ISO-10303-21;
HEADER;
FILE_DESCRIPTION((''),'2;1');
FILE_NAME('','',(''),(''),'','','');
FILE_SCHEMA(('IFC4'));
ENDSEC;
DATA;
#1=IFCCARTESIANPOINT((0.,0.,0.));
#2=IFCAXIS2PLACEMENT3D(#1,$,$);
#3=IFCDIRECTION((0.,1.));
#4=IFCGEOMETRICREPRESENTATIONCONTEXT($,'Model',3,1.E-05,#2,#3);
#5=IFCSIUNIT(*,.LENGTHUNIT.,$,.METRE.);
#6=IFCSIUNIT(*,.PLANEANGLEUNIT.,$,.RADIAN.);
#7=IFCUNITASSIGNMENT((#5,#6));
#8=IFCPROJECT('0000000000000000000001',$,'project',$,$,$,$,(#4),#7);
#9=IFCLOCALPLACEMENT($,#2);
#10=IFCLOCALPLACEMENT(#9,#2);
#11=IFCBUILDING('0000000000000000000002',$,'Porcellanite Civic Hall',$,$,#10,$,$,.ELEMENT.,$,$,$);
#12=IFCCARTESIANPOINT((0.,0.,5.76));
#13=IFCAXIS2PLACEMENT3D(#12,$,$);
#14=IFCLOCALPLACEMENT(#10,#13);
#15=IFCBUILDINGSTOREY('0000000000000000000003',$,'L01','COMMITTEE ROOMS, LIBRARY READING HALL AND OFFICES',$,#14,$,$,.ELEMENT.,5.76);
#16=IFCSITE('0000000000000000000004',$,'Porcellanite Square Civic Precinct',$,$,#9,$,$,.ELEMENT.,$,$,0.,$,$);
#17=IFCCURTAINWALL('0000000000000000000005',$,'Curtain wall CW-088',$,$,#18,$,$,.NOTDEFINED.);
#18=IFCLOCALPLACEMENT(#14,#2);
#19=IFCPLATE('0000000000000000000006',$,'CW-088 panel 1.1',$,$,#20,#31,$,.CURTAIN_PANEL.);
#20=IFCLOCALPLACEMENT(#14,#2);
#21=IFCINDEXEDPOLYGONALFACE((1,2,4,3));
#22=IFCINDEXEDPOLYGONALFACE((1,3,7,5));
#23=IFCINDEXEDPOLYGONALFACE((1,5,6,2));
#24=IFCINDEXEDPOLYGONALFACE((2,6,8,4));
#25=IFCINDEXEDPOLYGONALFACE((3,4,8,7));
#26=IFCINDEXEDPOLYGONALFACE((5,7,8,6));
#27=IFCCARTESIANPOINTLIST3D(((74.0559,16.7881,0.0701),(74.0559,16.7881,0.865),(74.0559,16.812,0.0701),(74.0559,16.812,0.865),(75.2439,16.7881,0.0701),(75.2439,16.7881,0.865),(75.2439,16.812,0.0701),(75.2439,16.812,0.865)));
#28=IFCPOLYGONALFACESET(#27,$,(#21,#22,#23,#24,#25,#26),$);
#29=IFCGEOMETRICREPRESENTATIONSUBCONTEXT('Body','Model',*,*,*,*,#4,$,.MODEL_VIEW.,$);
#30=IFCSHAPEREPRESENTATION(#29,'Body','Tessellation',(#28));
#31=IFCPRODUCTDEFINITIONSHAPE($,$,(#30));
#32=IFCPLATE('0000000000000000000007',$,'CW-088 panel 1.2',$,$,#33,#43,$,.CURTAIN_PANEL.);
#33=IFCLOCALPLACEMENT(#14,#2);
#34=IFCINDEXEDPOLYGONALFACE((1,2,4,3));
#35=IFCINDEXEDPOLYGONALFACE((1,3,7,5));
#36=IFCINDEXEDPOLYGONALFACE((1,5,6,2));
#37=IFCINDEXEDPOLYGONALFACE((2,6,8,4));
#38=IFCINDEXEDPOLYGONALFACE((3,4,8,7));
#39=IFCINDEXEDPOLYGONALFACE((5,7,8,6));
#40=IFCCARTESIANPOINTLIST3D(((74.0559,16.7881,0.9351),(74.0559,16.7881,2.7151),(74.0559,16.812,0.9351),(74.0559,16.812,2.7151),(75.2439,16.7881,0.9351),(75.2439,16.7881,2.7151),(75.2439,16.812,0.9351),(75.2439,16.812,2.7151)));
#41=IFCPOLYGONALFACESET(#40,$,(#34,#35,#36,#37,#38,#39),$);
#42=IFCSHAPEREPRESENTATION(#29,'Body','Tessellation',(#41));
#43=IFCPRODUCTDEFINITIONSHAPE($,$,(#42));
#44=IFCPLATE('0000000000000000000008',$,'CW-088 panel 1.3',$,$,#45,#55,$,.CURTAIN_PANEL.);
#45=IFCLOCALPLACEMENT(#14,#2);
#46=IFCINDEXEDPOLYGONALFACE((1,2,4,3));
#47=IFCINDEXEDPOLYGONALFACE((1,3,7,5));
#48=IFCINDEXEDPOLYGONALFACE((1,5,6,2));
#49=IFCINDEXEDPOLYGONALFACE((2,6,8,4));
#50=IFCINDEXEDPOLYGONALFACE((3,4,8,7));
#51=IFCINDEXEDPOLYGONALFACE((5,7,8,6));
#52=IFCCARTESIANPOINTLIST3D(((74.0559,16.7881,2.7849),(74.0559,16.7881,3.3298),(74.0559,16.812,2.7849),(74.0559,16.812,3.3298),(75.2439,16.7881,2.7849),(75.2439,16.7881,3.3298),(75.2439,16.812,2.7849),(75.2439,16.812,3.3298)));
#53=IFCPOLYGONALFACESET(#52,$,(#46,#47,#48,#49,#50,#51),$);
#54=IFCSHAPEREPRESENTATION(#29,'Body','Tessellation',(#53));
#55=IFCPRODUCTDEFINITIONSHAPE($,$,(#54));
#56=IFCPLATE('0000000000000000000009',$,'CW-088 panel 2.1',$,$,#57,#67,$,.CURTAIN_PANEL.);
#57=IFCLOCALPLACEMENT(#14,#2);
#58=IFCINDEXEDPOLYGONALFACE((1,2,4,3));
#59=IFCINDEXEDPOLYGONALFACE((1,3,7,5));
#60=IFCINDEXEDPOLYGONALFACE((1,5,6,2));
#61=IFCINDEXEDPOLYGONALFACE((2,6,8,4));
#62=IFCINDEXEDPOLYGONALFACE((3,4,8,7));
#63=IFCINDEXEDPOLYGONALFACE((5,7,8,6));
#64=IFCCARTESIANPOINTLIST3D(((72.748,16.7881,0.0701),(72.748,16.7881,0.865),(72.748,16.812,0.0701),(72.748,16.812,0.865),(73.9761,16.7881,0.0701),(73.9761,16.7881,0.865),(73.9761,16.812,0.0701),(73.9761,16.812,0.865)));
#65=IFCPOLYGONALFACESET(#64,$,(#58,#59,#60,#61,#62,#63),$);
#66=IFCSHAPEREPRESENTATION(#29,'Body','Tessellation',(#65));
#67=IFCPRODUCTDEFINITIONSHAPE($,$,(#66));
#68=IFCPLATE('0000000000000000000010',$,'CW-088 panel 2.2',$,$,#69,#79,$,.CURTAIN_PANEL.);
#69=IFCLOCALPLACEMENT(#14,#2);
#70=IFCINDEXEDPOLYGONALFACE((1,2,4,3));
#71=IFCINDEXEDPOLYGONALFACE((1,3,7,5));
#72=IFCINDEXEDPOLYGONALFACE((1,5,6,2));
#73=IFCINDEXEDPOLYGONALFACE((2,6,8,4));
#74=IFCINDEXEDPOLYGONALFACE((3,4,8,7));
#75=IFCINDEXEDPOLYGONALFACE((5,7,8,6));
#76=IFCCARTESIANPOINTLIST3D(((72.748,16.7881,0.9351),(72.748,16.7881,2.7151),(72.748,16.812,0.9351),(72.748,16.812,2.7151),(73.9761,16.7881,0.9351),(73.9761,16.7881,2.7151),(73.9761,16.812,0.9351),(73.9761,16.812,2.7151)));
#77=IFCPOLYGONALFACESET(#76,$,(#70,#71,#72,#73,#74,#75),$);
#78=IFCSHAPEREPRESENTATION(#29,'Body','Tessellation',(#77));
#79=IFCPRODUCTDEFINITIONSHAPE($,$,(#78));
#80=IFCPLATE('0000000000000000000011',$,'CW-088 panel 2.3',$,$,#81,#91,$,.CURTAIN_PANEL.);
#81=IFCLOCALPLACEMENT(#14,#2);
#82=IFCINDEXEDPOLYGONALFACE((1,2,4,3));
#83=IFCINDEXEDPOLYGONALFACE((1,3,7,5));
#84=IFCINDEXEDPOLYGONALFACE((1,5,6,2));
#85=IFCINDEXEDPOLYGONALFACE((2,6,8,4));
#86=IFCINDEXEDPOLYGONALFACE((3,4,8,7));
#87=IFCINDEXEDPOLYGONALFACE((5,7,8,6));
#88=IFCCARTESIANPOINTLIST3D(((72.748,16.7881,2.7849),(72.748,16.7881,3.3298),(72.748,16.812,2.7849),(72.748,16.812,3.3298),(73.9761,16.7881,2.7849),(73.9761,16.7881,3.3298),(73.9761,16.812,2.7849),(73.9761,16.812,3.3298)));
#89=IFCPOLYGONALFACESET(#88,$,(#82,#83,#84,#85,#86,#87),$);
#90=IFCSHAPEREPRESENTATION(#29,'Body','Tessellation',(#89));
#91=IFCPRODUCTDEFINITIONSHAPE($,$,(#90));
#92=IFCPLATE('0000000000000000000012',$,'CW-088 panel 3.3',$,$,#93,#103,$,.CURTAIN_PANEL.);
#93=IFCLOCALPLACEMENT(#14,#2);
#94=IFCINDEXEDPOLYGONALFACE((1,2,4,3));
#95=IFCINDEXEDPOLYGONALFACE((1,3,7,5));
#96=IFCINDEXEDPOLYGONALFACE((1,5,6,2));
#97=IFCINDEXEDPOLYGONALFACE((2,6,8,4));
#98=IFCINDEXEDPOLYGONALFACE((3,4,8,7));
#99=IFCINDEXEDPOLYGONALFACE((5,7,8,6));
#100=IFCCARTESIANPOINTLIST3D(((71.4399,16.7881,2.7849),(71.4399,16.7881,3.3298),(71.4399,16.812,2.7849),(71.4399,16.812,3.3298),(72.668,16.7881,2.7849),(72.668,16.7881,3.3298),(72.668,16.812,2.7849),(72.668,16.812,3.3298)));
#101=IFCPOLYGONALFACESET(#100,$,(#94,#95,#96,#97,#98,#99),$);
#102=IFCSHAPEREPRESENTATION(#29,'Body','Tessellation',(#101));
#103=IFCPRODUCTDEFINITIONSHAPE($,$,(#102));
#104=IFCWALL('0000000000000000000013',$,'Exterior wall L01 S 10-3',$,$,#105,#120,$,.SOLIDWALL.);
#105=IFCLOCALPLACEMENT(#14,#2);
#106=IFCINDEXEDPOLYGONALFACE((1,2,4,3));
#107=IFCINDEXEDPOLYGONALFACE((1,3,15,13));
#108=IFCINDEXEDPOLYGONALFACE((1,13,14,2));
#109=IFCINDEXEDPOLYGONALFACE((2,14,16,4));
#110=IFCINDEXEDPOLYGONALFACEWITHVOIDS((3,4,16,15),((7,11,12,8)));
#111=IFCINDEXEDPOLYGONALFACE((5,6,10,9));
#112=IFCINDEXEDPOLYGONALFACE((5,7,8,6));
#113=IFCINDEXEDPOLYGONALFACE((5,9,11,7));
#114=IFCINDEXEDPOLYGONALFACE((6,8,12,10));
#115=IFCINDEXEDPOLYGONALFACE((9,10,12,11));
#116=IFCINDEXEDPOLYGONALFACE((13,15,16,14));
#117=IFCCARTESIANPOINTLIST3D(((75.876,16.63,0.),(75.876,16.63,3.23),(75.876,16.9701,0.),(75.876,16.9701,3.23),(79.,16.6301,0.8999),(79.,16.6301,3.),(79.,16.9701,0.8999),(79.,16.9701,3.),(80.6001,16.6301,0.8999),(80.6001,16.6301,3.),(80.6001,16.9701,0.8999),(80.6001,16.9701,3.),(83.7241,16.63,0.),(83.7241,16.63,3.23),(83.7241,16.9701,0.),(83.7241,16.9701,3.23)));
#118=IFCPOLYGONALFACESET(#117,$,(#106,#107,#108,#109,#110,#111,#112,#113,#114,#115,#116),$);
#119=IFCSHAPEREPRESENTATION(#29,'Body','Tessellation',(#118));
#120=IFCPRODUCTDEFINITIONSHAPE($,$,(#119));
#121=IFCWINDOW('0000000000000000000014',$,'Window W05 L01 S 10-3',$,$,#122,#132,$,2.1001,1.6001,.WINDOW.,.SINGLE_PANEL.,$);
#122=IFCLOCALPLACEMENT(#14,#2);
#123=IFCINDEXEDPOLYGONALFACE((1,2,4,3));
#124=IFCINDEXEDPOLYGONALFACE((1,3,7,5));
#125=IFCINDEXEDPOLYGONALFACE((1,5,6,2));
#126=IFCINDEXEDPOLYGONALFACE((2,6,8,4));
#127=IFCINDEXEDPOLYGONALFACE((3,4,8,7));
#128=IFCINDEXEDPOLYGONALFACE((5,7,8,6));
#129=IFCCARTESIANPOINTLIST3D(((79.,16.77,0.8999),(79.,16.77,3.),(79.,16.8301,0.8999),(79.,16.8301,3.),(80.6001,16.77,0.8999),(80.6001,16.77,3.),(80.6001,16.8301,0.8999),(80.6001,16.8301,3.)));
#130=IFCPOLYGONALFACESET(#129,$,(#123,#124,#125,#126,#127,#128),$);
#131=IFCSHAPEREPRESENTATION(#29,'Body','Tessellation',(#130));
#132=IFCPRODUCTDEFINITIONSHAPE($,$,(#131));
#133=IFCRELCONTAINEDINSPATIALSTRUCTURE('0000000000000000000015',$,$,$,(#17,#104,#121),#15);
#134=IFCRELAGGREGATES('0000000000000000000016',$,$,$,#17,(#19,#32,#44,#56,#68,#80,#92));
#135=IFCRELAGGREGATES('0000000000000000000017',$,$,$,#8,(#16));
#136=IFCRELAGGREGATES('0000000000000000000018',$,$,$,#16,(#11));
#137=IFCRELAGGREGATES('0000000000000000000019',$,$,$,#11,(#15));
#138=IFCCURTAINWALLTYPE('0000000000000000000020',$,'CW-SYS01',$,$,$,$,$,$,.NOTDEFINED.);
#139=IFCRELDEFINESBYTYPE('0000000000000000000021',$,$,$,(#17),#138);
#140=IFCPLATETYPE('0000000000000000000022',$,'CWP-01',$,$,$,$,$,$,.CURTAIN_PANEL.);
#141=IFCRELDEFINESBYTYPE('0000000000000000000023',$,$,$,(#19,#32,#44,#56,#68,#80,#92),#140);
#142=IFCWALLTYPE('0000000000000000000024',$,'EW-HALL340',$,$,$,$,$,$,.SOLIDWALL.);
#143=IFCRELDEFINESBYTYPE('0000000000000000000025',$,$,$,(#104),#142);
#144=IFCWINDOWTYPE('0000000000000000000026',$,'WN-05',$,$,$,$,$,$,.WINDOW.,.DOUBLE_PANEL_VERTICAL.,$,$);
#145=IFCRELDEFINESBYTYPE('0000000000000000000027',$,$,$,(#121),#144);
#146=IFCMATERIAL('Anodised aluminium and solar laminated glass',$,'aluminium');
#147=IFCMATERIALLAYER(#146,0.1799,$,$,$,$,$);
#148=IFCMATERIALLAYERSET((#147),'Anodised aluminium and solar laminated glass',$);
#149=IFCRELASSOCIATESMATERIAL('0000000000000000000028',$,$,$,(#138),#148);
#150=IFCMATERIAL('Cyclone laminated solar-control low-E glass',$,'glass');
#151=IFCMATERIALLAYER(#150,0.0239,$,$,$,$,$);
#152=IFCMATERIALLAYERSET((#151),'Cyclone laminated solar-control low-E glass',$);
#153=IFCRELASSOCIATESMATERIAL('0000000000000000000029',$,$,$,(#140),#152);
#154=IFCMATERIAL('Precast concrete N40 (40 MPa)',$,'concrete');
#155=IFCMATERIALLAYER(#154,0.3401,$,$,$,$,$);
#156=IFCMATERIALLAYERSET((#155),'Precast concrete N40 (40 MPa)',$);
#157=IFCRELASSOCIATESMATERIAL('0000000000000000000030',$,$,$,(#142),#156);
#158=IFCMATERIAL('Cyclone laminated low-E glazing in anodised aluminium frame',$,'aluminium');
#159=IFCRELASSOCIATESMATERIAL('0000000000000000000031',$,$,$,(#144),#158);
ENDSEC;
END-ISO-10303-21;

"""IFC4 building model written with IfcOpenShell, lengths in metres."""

from ifc_helpers import new_model, si_unit, direction, frame, frame_2d, origin, origin_2d, place, context, subcontext, project, spatial, rectangle, extrude, material, layer, layer_set, type_object, element, fill, aggregate, save


model = new_model("IFC4")

# Units and contexts
model_context = context("Model", 3, precision=1e-05, world=origin(), true_north=direction((0.0, 1.0)))
body_context = subcontext(model_context, "Body", "Model", "MODEL_VIEW")
ifc_project = project(units=[si_unit("LENGTHUNIT", "METRE"), si_unit("PLANEANGLEUNIT", "RADIAN")], contexts=[model_context])

# Site, building, storey
site_placement = place(None, origin())
site = spatial("IfcSite", under=ifc_project, at=site_placement, Name="Porcellanite Square Civic Precinct", CompositionType="ELEMENT", RefElevation=0.0)
building_placement = place(site_placement, origin())
building = spatial("IfcBuilding", under=site, at=building_placement, Name="Porcellanite Civic Hall", CompositionType="ELEMENT")
storey_placement = place(building_placement, frame((0.0, 0.0, 5.76)))
storey = spatial("IfcBuildingStorey", under=building, at=storey_placement, Name="L01", Description="COMMITTEE ROOMS, LIBRARY READING HALL AND OFFICES", CompositionType="ELEMENT", Elevation=5.76)

# Curtain wall
ifc_material_1 = material(Name="Anodised aluminium and solar laminated glass", Category="aluminium")
ifc_layer_1 = layer(ifc_material_1, 0.1799)
ifc_layer_set_1 = layer_set([ifc_layer_1], Name="Anodised aluminium and solar laminated glass")
curtain_wall_type = type_object("IfcCurtainWallType", Name="CW-SYS01", PredefinedType="NOTDEFINED", material=ifc_layer_set_1)
curtain_wall_1_placement = place(storey_placement, origin())
curtain_wall_1 = element("IfcCurtainWall", 1, at=curtain_wall_1_placement, inside=storey, type_object=curtain_wall_type, Name="Curtain wall CW-088", PredefinedType="NOTDEFINED")

# Plates
ifc_material_2 = material(Name="Cyclone laminated solar-control low-E glass", Category="glass")
ifc_layer_2 = layer(ifc_material_2, 0.0239)
ifc_layer_set_2 = layer_set([ifc_layer_2], Name="Cyclone laminated solar-control low-E glass")
plate_type = type_object("IfcPlateType", Name="CWP-01", PredefinedType="CURTAIN_PANEL", material=ifc_layer_set_2)
plate_1_placement = place(storey_placement, frame((74.6499, 16.8, 0.0701), z_axis=(0.0, 0.0, 1.0), x_axis=(-1.0, 0.0, 0.0)))
plate_1 = element("IfcPlate", 2, at=plate_1_placement, type_object=plate_type, Name="CW-088 panel 1.1", PredefinedType="CURTAIN_PANEL", context=body_context, shape_type="SweptSolid", body=[
    extrude(rectangle(XDim=1.188, YDim=0.0239, at=origin_2d()), origin(), (0.0, 0.0, 1.0), 0.7949),
])
plate_2_placement = place(storey_placement, frame((74.6499, 16.8, 0.9351), z_axis=(0.0, 0.0, 1.0), x_axis=(-1.0, 0.0, 0.0)))
plate_2 = element("IfcPlate", 3, at=plate_2_placement, type_object=plate_type, Name="CW-088 panel 1.2", PredefinedType="CURTAIN_PANEL", context=body_context, shape_type="SweptSolid", body=[
    extrude(rectangle(XDim=1.188, YDim=0.0239, at=origin_2d()), origin(), (0.0, 0.0, 1.0), 1.78),
])
plate_3_placement = place(storey_placement, frame((74.6499, 16.8, 2.7849), z_axis=(0.0, 0.0, 1.0), x_axis=(-1.0, 0.0, 0.0)))
plate_3 = element("IfcPlate", 4, at=plate_3_placement, type_object=plate_type, Name="CW-088 panel 1.3", PredefinedType="CURTAIN_PANEL", context=body_context, shape_type="SweptSolid", body=[
    extrude(rectangle(XDim=1.188, YDim=0.0239, at=origin_2d()), origin(), (0.0, 0.0, 1.0), 0.5449),
])
plate_4_placement = place(storey_placement, frame((73.3621, 16.8, 0.0701), z_axis=(0.0, 0.0, 1.0), x_axis=(-1.0, 0.0, 0.0)))
plate_4 = element("IfcPlate", 5, at=plate_4_placement, type_object=plate_type, Name="CW-088 panel 2.1", PredefinedType="CURTAIN_PANEL", context=body_context, shape_type="SweptSolid", body=[
    extrude(rectangle(XDim=1.228, YDim=0.0239, at=origin_2d()), origin(), (0.0, 0.0, 1.0), 0.7949),
])
plate_5_placement = place(storey_placement, frame((73.3621, 16.8, 0.9351), z_axis=(0.0, 0.0, 1.0), x_axis=(-1.0, 0.0, 0.0)))
plate_5 = element("IfcPlate", 6, at=plate_5_placement, type_object=plate_type, Name="CW-088 panel 2.2", PredefinedType="CURTAIN_PANEL", context=body_context, shape_type="SweptSolid", body=[
    extrude(rectangle(XDim=1.228, YDim=0.0239, at=origin_2d()), origin(), (0.0, 0.0, 1.0), 1.78),
])
plate_6_placement = place(storey_placement, frame((73.3621, 16.8, 2.7849), z_axis=(0.0, 0.0, 1.0), x_axis=(-1.0, 0.0, 0.0)))
plate_6 = element("IfcPlate", 7, at=plate_6_placement, type_object=plate_type, Name="CW-088 panel 2.3", PredefinedType="CURTAIN_PANEL", context=body_context, shape_type="SweptSolid", body=[
    extrude(rectangle(XDim=1.228, YDim=0.0239, at=origin_2d()), origin(), (0.0, 0.0, 1.0), 0.5449),
])
plate_7_placement = place(storey_placement, frame((72.054, 16.8, 2.7849), z_axis=(0.0, 0.0, 1.0), x_axis=(-1.0, 0.0, 0.0)))
plate_7 = element("IfcPlate", 8, at=plate_7_placement, type_object=plate_type, Name="CW-088 panel 3.3", PredefinedType="CURTAIN_PANEL", context=body_context, shape_type="SweptSolid", body=[
    extrude(rectangle(XDim=1.228, YDim=0.0239, at=origin_2d()), origin(), (0.0, 0.0, 1.0), 0.5449),
])
aggregate(curtain_wall_1, [plate_1, plate_2, plate_3, plate_4, plate_5, plate_6, plate_7])

# Wall, opening, window
ifc_material_3 = material(Name="Precast concrete N40 (40 MPa)", Category="concrete")
ifc_layer_3 = layer(ifc_material_3, 0.3401)
ifc_layer_set_3 = layer_set([ifc_layer_3], Name="Precast concrete N40 (40 MPa)")
wall_type = type_object("IfcWallType", Name="EW-HALL340", PredefinedType="SOLIDWALL", material=ifc_layer_set_3)
wall_placement = place(storey_placement, frame((83.7241, 16.8, 0.0), z_axis=(0.0, 0.0, 1.0), x_axis=(-1.0, 0.0, 0.0)))
wall = element("IfcWall", 9, at=wall_placement, inside=storey, type_object=wall_type, Name="Exterior wall L01 S 10-3", PredefinedType="SOLIDWALL", context=body_context, shape_type="SweptSolid", body=[
    extrude(rectangle(XDim=7.8481, YDim=0.3401, at=frame_2d((3.9241, 0.0))), origin(), (0.0, 0.0, 1.0), 3.23),
])
opening_placement = place(wall_placement, frame((3.124, 0.0, 0.8999)))
opening = element("IfcOpeningElement", 10, at=opening_placement, cuts=wall, PredefinedType="OPENING", context=body_context, shape_type="SweptSolid", body=[
    extrude(rectangle(XDim=1.6001, YDim=2.1001, at=frame_2d((0.8, 1.05))), frame((0.0, 0.1699, 0.0), z_axis=(0.0, -1.0, 0.0), x_axis=(1.0, 0.0, 0.0)), (0.0, 0.0, 1.0), 0.3401),
])
ifc_material_4 = material(Name="Cyclone laminated low-E glazing in anodised aluminium frame", Category="aluminium")
window_type = type_object("IfcWindowType", Name="WN-05", PartitioningType="DOUBLE_PANEL_VERTICAL", PredefinedType="WINDOW", material=ifc_material_4)
window_placement = place(opening_placement, origin())
window = element("IfcWindow", 11, at=window_placement, inside=storey, type_object=window_type, Name="Window W05 L01 S 10-3", OverallHeight=2.1001, OverallWidth=1.6001, PartitioningType="SINGLE_PANEL", PredefinedType="WINDOW", context=body_context, shape_type="SweptSolid", body=[
    extrude(rectangle(XDim=1.6001, YDim=2.1001, at=frame_2d((0.8, 1.05))), frame((0.0, 0.03, 0.0), z_axis=(0.0, -1.0, 0.0), x_axis=(1.0, 0.0, 0.0)), (0.0, 0.0, 1.0), 0.0601),
])
fill(opening, window)

save(model, "model.ifc")
